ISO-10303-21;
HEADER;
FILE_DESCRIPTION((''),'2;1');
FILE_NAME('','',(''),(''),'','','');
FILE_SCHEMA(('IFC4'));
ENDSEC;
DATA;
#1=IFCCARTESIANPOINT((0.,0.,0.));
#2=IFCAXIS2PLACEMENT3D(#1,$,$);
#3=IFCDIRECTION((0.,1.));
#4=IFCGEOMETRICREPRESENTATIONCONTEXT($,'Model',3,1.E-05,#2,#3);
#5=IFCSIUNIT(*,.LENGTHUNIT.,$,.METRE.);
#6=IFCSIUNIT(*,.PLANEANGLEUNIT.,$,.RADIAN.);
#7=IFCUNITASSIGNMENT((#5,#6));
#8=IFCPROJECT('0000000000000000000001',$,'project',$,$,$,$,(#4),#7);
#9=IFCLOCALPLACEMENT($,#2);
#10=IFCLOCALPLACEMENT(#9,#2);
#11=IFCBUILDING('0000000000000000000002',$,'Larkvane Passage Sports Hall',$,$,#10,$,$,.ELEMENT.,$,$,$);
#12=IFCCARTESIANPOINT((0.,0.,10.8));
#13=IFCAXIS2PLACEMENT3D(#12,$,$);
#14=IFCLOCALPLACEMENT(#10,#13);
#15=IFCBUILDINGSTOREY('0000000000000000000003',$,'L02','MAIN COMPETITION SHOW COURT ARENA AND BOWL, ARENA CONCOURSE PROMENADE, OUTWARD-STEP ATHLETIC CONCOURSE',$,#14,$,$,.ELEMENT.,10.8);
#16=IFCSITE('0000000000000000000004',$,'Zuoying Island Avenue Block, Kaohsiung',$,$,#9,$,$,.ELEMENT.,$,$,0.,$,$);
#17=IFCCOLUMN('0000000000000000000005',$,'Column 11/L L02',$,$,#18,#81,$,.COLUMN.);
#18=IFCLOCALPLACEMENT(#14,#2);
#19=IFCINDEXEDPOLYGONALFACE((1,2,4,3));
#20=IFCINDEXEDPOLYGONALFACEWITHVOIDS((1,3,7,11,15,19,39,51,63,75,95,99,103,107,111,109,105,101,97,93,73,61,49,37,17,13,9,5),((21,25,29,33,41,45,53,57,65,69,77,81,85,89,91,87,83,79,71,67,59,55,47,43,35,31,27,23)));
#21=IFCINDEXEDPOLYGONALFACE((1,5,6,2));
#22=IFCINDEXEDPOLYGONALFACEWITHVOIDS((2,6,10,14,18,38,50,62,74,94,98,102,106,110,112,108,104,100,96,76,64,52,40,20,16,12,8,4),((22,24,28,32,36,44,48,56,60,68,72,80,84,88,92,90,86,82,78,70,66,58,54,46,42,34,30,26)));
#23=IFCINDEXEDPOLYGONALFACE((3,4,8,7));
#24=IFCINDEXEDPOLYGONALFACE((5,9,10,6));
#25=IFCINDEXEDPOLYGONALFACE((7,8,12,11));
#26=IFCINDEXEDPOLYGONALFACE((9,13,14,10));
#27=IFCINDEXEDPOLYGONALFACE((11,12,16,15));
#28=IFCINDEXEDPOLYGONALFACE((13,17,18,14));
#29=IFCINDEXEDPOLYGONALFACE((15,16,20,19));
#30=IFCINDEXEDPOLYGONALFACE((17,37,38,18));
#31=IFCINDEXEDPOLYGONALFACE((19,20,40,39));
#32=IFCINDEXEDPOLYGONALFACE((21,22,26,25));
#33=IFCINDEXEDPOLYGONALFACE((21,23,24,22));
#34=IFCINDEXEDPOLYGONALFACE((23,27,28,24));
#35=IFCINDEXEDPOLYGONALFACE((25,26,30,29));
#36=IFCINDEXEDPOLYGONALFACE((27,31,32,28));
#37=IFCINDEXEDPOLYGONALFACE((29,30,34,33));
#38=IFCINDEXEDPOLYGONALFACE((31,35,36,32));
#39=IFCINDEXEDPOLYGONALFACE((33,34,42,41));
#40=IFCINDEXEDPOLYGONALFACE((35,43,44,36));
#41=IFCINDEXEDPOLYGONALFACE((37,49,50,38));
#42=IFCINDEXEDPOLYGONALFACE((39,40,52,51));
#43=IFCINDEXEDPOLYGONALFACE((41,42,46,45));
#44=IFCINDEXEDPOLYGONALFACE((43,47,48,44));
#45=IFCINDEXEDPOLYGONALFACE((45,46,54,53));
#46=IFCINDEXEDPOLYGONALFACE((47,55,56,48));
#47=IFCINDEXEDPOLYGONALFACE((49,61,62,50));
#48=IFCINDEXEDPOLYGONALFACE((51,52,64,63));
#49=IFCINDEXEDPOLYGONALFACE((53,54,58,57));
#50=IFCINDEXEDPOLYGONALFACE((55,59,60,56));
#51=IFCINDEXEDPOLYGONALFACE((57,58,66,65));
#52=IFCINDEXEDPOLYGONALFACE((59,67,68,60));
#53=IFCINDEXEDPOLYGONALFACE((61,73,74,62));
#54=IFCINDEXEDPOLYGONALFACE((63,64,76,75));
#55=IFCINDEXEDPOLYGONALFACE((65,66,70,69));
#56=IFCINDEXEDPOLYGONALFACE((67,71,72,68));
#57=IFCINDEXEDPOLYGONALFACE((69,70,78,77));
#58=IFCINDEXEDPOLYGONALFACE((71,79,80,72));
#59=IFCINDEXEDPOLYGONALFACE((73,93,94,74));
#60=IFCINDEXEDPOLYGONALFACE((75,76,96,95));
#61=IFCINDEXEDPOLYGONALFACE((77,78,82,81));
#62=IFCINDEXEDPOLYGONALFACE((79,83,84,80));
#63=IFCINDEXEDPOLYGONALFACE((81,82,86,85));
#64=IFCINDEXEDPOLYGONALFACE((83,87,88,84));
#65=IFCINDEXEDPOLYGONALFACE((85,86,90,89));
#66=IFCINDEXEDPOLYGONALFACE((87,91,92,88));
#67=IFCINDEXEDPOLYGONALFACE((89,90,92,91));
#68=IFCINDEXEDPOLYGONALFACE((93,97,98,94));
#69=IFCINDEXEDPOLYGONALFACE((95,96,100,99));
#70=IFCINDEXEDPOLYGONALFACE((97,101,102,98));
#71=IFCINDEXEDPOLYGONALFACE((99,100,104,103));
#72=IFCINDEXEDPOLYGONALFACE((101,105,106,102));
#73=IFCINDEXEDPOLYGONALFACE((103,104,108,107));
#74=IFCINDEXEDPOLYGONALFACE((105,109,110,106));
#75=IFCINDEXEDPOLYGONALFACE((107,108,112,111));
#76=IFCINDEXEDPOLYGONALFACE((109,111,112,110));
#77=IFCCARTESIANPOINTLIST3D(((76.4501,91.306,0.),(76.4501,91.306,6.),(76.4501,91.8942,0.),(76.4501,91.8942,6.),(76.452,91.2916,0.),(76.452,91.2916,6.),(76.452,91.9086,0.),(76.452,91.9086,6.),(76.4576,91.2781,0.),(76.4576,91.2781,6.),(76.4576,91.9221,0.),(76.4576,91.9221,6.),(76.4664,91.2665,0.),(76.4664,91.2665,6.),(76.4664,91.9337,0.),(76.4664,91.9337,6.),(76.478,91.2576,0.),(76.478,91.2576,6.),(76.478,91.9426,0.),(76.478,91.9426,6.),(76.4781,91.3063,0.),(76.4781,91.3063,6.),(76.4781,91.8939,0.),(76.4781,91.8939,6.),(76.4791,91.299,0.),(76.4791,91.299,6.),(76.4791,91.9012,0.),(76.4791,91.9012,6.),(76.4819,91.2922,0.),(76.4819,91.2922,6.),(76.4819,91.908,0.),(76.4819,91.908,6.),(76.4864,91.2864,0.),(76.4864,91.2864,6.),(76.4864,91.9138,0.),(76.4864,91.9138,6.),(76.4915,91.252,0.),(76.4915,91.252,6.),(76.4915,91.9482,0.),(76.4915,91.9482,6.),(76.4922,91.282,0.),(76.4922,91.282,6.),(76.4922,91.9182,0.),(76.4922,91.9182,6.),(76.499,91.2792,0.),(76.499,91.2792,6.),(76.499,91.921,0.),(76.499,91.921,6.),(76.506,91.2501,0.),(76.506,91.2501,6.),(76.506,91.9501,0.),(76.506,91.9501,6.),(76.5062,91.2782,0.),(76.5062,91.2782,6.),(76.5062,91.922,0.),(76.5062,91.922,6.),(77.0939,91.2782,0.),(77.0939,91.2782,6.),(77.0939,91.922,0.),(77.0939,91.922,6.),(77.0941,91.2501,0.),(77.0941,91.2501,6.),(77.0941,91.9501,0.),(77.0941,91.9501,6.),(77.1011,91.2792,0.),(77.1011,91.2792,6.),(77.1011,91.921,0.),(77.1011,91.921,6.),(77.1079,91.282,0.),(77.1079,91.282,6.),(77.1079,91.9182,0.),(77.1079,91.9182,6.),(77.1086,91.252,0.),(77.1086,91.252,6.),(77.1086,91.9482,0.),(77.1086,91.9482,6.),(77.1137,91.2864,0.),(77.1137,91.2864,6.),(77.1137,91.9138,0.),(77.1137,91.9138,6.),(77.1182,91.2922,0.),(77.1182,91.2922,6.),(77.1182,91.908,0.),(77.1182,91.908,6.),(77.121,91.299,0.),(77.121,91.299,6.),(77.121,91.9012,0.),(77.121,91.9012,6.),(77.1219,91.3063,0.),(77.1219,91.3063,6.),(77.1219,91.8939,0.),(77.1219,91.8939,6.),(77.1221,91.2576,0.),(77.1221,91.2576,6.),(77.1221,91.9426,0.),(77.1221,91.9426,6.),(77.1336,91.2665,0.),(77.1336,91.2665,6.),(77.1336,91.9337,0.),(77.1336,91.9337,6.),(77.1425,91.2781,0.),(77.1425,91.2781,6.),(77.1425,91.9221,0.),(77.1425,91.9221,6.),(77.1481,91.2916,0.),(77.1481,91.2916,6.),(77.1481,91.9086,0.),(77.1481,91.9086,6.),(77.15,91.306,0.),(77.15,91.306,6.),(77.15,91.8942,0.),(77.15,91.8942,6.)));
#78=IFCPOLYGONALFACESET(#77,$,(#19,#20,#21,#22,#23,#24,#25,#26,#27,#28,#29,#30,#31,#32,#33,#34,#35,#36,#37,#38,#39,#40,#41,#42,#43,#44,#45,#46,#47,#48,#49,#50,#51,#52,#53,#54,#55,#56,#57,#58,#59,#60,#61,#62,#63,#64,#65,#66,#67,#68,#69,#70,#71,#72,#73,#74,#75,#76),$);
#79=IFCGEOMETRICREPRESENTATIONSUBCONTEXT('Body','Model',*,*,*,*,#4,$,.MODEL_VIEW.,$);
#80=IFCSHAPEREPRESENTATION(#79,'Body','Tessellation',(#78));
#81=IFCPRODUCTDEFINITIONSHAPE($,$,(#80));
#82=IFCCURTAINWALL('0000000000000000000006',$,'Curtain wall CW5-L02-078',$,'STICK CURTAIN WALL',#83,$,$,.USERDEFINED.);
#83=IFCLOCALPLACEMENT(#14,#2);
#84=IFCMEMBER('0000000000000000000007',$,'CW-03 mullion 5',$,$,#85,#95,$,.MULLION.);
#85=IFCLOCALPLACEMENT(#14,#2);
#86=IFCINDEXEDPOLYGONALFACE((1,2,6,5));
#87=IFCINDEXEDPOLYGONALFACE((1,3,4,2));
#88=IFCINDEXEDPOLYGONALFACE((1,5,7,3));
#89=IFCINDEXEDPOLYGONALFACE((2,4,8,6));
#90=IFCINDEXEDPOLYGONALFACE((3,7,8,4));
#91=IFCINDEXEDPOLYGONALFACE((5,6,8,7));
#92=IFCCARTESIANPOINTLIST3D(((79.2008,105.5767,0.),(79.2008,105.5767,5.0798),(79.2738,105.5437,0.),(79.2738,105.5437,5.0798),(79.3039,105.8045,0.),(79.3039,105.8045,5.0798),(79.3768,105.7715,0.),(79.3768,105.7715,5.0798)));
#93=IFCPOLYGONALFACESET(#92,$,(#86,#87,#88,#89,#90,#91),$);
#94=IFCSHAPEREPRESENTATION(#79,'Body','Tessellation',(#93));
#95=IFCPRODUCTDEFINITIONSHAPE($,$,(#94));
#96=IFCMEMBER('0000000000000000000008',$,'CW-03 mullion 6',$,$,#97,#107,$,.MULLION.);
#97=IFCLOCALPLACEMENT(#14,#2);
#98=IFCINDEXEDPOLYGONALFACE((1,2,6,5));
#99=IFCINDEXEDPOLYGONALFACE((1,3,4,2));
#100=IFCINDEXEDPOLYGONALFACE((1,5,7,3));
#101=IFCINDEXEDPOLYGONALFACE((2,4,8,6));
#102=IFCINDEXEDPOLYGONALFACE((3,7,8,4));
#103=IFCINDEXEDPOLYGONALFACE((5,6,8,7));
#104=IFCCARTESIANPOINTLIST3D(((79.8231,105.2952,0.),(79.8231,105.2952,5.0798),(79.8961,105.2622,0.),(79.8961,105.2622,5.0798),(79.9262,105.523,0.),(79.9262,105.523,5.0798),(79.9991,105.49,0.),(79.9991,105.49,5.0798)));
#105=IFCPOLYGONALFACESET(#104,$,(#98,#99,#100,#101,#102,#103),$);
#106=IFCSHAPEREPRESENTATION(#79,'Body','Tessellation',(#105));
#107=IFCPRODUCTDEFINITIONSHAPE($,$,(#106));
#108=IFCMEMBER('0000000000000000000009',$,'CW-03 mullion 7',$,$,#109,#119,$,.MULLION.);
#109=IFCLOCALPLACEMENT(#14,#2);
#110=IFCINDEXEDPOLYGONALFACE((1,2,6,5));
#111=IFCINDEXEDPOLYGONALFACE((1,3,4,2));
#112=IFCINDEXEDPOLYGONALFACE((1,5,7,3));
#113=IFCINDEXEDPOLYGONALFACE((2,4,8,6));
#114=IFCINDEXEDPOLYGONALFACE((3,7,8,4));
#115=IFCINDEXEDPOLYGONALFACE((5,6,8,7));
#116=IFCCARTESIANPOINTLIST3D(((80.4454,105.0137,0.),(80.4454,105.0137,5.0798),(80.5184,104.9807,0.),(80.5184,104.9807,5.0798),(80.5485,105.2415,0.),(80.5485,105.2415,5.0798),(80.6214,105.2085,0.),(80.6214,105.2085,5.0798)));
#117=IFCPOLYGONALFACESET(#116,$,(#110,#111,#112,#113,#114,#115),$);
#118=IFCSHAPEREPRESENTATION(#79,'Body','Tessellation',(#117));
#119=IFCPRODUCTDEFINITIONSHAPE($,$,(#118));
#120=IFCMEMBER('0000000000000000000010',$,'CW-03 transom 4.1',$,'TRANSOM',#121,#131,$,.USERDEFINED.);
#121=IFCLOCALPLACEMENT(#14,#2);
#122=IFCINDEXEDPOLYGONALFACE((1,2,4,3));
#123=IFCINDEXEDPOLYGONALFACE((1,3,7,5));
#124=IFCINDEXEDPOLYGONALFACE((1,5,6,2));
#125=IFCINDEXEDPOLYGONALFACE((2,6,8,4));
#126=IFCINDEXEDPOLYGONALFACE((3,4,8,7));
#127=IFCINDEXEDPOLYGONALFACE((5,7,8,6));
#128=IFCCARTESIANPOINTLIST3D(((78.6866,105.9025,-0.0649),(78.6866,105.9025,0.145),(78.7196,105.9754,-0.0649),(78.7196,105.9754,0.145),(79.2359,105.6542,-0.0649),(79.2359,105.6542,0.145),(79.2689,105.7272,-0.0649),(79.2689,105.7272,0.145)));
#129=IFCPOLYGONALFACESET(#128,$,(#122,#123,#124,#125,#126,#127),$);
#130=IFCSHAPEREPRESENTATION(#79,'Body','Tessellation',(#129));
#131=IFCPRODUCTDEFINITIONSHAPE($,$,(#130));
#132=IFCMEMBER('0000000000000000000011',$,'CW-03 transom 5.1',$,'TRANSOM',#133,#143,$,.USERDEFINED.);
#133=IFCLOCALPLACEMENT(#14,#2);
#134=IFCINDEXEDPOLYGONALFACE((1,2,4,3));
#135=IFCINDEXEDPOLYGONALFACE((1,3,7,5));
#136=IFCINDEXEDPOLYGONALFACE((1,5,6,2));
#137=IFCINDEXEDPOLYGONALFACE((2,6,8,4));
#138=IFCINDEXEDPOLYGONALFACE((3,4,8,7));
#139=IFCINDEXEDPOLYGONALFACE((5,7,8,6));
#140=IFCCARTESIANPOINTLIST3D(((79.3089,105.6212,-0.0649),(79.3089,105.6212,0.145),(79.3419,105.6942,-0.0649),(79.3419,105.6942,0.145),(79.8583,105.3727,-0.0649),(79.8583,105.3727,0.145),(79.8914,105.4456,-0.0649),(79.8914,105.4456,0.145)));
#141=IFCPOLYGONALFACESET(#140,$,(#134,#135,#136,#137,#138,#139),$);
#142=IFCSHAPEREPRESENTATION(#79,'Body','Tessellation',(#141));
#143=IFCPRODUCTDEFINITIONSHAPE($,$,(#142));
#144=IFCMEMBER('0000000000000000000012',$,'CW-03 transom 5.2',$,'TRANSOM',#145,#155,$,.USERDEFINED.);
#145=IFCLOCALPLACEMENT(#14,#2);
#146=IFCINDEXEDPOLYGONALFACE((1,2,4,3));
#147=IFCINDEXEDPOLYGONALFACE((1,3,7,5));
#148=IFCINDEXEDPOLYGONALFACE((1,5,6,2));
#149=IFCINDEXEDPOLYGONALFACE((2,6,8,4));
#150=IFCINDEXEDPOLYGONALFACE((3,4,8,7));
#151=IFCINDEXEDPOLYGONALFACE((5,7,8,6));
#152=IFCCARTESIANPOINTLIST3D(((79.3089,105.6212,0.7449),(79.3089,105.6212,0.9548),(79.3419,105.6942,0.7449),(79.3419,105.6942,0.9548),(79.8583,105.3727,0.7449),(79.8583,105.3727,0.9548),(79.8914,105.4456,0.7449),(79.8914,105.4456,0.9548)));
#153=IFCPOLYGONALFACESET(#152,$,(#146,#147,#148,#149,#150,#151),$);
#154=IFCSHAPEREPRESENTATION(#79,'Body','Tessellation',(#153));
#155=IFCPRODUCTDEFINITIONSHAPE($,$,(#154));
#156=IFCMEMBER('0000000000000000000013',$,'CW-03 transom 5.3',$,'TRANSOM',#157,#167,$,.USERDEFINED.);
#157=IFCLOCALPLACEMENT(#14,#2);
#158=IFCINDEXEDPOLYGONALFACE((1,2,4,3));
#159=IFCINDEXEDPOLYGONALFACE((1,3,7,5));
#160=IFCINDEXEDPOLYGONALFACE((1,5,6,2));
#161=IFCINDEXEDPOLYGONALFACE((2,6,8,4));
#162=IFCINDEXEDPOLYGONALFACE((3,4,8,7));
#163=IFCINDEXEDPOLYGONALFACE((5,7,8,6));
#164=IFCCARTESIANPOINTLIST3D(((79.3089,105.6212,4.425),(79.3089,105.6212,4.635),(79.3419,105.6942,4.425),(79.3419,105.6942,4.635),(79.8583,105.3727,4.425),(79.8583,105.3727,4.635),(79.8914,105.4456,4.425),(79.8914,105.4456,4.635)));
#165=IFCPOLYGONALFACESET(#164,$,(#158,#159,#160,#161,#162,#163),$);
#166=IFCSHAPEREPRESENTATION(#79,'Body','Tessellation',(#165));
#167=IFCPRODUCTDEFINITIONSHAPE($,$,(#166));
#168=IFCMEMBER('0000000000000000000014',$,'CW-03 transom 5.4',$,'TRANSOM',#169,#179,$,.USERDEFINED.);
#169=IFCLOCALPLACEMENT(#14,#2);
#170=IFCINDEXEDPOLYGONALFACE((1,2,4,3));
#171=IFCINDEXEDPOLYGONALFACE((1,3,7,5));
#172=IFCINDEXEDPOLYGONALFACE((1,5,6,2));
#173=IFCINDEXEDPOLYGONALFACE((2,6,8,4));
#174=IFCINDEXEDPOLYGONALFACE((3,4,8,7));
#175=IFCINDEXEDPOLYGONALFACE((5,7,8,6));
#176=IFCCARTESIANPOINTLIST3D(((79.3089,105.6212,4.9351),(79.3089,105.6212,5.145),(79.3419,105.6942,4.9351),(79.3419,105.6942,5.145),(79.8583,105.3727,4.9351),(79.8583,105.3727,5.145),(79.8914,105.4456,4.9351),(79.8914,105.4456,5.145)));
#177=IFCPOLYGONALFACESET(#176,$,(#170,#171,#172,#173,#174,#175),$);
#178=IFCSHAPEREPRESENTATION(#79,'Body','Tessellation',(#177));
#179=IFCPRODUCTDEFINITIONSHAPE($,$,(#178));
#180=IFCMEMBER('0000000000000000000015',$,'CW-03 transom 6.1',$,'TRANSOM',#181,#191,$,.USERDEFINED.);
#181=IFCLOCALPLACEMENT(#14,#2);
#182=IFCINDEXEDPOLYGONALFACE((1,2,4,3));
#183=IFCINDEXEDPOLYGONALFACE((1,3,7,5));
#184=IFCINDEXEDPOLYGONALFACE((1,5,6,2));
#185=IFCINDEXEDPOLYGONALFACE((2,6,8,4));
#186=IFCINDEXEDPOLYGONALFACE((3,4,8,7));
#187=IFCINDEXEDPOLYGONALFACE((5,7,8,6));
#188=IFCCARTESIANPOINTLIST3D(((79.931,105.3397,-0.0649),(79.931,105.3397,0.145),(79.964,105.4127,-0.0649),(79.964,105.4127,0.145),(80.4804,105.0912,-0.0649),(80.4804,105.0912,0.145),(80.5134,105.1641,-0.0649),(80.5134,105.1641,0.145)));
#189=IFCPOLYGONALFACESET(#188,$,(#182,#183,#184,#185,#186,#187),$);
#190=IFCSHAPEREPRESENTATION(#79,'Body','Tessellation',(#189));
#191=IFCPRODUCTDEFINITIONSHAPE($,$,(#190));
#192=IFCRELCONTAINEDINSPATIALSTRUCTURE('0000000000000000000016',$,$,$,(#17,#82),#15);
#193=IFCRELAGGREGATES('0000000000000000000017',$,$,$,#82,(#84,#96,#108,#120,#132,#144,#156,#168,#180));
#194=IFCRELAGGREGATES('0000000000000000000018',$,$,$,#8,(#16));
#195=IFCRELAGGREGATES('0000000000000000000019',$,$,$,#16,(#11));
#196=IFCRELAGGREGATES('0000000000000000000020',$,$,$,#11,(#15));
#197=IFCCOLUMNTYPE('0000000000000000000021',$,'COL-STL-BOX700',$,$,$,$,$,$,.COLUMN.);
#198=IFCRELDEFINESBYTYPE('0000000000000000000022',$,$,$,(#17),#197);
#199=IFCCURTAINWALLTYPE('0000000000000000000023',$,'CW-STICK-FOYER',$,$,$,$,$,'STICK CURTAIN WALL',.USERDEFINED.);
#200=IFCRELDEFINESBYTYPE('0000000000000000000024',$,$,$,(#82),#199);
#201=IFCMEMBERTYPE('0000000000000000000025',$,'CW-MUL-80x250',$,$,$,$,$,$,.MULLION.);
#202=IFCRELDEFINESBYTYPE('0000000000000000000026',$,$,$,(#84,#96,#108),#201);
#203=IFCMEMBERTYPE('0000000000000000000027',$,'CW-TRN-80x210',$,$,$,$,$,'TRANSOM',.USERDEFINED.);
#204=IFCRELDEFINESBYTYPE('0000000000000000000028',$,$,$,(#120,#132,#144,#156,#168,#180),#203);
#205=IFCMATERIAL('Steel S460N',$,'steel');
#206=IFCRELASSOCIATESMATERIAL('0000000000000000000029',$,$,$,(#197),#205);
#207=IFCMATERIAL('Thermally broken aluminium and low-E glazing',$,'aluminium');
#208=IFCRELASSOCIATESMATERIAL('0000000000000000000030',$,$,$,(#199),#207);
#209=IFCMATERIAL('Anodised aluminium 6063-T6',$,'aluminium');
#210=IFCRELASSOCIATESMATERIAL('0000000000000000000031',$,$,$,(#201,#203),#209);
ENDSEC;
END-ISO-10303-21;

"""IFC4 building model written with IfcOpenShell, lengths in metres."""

from ifc_helpers import new_model, si_unit, direction, frame, origin, origin_2d, place, context, subcontext, project, spatial, rectangle, hollow_rectangle, extrude, material, material_profile, profile_set, type_object, element, aggregate, save


model = new_model("IFC4")

# Units and contexts
model_context = context("Model", 3, precision=1e-05, world=origin(), true_north=direction((0.0, 1.0)))
body_context = subcontext(model_context, "Body", "Model", "MODEL_VIEW")
ifc_project = project(units=[si_unit("LENGTHUNIT", "METRE"), si_unit("PLANEANGLEUNIT", "RADIAN")], contexts=[model_context])

# Site, building, storey
site_placement = place(None, origin())
site = spatial("IfcSite", under=ifc_project, at=site_placement, Name="Zuoying Island Avenue Block, Kaohsiung", CompositionType="ELEMENT", RefElevation=0.0)
building_placement = place(site_placement, origin())
building = spatial("IfcBuilding", under=site, at=building_placement, Name="Larkvane Passage Sports Hall", CompositionType="ELEMENT")
storey_placement = place(building_placement, frame((0.0, 0.0, 10.8)))
storey = spatial("IfcBuildingStorey", under=building, at=storey_placement, Name="L02", Description="MAIN COMPETITION SHOW COURT ARENA AND BOWL, ARENA CONCOURSE PROMENADE, OUTWARD-STEP ATHLETIC CONCOURSE", CompositionType="ELEMENT", Elevation=10.8)

# Column
ifc_material_1 = material(Name="Steel S460N", Category="steel")
ifc_material_profile_1 = material_profile(ifc_material_1, hollow_rectangle(XDim=0.7, YDim=0.7, WallThickness=0.0281, InnerFilletRadius=0.0281, OuterFilletRadius=0.0559, at=origin_2d()), Name="BOX-700x700x28")
ifc_profile_set_1 = profile_set([ifc_material_profile_1], Name="Steel S460N")
column_type = type_object("IfcColumnType", Name="COL-STL-BOX700", PredefinedType="COLUMN", material=ifc_profile_set_1)
column_placement = place(storey_placement, frame((76.8, 91.6001, 0.0), z_axis=(0.0, 0.0, 1.0), x_axis=(1.0, 0.0, 0.0)))
element("IfcColumn", 1, at=column_placement, inside=storey, type_object=column_type, Name="Column 11/L L02", PredefinedType="COLUMN", context=body_context, shape_type="SweptSolid", body=[
    extrude(hollow_rectangle(XDim=0.7, YDim=0.7, WallThickness=0.0281, InnerFilletRadius=0.0281, OuterFilletRadius=0.0559, at=origin_2d()), origin(), (0.0, 0.0, 1.0), 6.0),
])

# Curtain wall, members
ifc_material_2 = material(Name="Thermally broken aluminium and low-E glazing", Category="aluminium")
curtain_wall_type = type_object("IfcCurtainWallType", Name="CW-STICK-FOYER", ElementType="STICK CURTAIN WALL", PredefinedType="USERDEFINED", material=ifc_material_2)
curtain_wall_placement = place(storey_placement, origin())
curtain_wall = element("IfcCurtainWall", 2, at=curtain_wall_placement, inside=storey, type_object=curtain_wall_type, Name="Curtain wall CW5-L02-078", ObjectType="STICK CURTAIN WALL", PredefinedType="USERDEFINED")
ifc_material_3 = material(Name="Anodised aluminium 6063-T6", Category="aluminium")
ifc_material_profile_2 = material_profile(ifc_material_3, rectangle(XDim=0.0801, YDim=0.25, at=origin_2d()), Name="ALU-MUL-80x250")
ifc_profile_set_2 = profile_set([ifc_material_profile_2], Name="Anodised aluminium 6063-T6")
member_type_1 = type_object("IfcMemberType", Name="CW-MUL-80x250", PredefinedType="MULLION", material=ifc_profile_set_2)
member_1_placement = place(storey_placement, frame((79.2888, 105.6741, 0.0), z_axis=(0.0, 0.0, 1.0), x_axis=(0.91111, -0.412163, 0.0)))
member_1 = element("IfcMember", 3, at=member_1_placement, type_object=member_type_1, Name="CW-03 mullion 5", PredefinedType="MULLION", context=body_context, shape_type="SweptSolid", body=[
    extrude(rectangle(XDim=0.0801, YDim=0.25, at=origin_2d()), origin(), (0.0, 0.0, 1.0), 5.0798),
])
member_2_placement = place(storey_placement, frame((79.9111, 105.3926, 0.0), z_axis=(0.0, 0.0, 1.0), x_axis=(0.91111, -0.412163, 0.0)))
member_2 = element("IfcMember", 4, at=member_2_placement, type_object=member_type_1, Name="CW-03 mullion 6", PredefinedType="MULLION", context=body_context, shape_type="SweptSolid", body=[
    extrude(rectangle(XDim=0.0801, YDim=0.25, at=origin_2d()), origin(), (0.0, 0.0, 1.0), 5.0798),
])
member_3_placement = place(storey_placement, frame((80.5334, 105.1111, 0.0), z_axis=(0.0, 0.0, 1.0), x_axis=(0.91111, -0.412163, 0.0)))
member_3 = element("IfcMember", 5, at=member_3_placement, type_object=member_type_1, Name="CW-03 mullion 7", PredefinedType="MULLION", context=body_context, shape_type="SweptSolid", body=[
    extrude(rectangle(XDim=0.0801, YDim=0.25, at=origin_2d()), origin(), (0.0, 0.0, 1.0), 5.0798),
])
ifc_material_profile_3 = material_profile(ifc_material_3, rectangle(XDim=0.0801, YDim=0.21, at=origin_2d()), Name="ALU-TRN-80x210")
ifc_profile_set_3 = profile_set([ifc_material_profile_3], Name="Anodised aluminium 6063-T6")
member_type_2 = type_object("IfcMemberType", Name="CW-TRN-80x210", ElementType="TRANSOM", PredefinedType="USERDEFINED", material=ifc_profile_set_3)
member_4_placement = place(storey_placement, frame((78.7031, 105.939, 0.04), z_axis=(0.911238, -0.41188, 0.0), x_axis=(0.41188, 0.911238, 0.0)))
member_4 = element("IfcMember", 6, at=member_4_placement, type_object=member_type_2, Name="CW-03 transom 4.1", ObjectType="TRANSOM", PredefinedType="USERDEFINED", context=body_context, shape_type="SweptSolid", body=[
    extrude(rectangle(XDim=0.0801, YDim=0.21, at=origin_2d()), origin(), (0.0, 0.0, 1.0), 0.6028),
])
member_5_placement = place(storey_placement, frame((79.3254, 105.6577, 0.04), z_axis=(0.911086, -0.412216, 0.0), x_axis=(0.412216, 0.911086, 0.0)))
member_5 = element("IfcMember", 7, at=member_5_placement, type_object=member_type_2, Name="CW-03 transom 5.1", ObjectType="TRANSOM", PredefinedType="USERDEFINED", context=body_context, shape_type="SweptSolid", body=[
    extrude(rectangle(XDim=0.0801, YDim=0.21, at=origin_2d()), origin(), (0.0, 0.0, 1.0), 0.603),
])
member_6_placement = place(storey_placement, frame((79.3254, 105.6577, 0.8499), z_axis=(0.911086, -0.412216, 0.0), x_axis=(0.412216, 0.911086, 0.0)))
member_6 = element("IfcMember", 8, at=member_6_placement, type_object=member_type_2, Name="CW-03 transom 5.2", ObjectType="TRANSOM", PredefinedType="USERDEFINED", context=body_context, shape_type="SweptSolid", body=[
    extrude(rectangle(XDim=0.0801, YDim=0.21, at=origin_2d()), origin(), (0.0, 0.0, 1.0), 0.603),
])
member_7_placement = place(storey_placement, frame((79.3254, 105.6577, 4.53), z_axis=(0.911086, -0.412216, 0.0), x_axis=(0.412216, 0.911086, 0.0)))
member_7 = element("IfcMember", 9, at=member_7_placement, type_object=member_type_2, Name="CW-03 transom 5.3", ObjectType="TRANSOM", PredefinedType="USERDEFINED", context=body_context, shape_type="SweptSolid", body=[
    extrude(rectangle(XDim=0.0801, YDim=0.21, at=origin_2d()), origin(), (0.0, 0.0, 1.0), 0.603),
])
member_8_placement = place(storey_placement, frame((79.3254, 105.6577, 5.04), z_axis=(0.911086, -0.412216, 0.0), x_axis=(0.412216, 0.911086, 0.0)))
member_8 = element("IfcMember", 10, at=member_8_placement, type_object=member_type_2, Name="CW-03 transom 5.4", ObjectType="TRANSOM", PredefinedType="USERDEFINED", context=body_context, shape_type="SweptSolid", body=[
    extrude(rectangle(XDim=0.0801, YDim=0.21, at=origin_2d()), origin(), (0.0, 0.0, 1.0), 0.603),
])
member_9_placement = place(storey_placement, frame((79.9475, 105.3762, 0.04), z_axis=(0.911086, -0.412216, 0.0), x_axis=(0.412216, 0.911086, 0.0)))
member_9 = element("IfcMember", 11, at=member_9_placement, type_object=member_type_2, Name="CW-03 transom 6.1", ObjectType="TRANSOM", PredefinedType="USERDEFINED", context=body_context, shape_type="SweptSolid", body=[
    extrude(rectangle(XDim=0.0801, YDim=0.21, at=origin_2d()), origin(), (0.0, 0.0, 1.0), 0.603),
])

aggregate(curtain_wall, [member_1, member_2, member_3, member_4, member_5, member_6, member_7, member_8, member_9])

save(model, "model.ifc")
